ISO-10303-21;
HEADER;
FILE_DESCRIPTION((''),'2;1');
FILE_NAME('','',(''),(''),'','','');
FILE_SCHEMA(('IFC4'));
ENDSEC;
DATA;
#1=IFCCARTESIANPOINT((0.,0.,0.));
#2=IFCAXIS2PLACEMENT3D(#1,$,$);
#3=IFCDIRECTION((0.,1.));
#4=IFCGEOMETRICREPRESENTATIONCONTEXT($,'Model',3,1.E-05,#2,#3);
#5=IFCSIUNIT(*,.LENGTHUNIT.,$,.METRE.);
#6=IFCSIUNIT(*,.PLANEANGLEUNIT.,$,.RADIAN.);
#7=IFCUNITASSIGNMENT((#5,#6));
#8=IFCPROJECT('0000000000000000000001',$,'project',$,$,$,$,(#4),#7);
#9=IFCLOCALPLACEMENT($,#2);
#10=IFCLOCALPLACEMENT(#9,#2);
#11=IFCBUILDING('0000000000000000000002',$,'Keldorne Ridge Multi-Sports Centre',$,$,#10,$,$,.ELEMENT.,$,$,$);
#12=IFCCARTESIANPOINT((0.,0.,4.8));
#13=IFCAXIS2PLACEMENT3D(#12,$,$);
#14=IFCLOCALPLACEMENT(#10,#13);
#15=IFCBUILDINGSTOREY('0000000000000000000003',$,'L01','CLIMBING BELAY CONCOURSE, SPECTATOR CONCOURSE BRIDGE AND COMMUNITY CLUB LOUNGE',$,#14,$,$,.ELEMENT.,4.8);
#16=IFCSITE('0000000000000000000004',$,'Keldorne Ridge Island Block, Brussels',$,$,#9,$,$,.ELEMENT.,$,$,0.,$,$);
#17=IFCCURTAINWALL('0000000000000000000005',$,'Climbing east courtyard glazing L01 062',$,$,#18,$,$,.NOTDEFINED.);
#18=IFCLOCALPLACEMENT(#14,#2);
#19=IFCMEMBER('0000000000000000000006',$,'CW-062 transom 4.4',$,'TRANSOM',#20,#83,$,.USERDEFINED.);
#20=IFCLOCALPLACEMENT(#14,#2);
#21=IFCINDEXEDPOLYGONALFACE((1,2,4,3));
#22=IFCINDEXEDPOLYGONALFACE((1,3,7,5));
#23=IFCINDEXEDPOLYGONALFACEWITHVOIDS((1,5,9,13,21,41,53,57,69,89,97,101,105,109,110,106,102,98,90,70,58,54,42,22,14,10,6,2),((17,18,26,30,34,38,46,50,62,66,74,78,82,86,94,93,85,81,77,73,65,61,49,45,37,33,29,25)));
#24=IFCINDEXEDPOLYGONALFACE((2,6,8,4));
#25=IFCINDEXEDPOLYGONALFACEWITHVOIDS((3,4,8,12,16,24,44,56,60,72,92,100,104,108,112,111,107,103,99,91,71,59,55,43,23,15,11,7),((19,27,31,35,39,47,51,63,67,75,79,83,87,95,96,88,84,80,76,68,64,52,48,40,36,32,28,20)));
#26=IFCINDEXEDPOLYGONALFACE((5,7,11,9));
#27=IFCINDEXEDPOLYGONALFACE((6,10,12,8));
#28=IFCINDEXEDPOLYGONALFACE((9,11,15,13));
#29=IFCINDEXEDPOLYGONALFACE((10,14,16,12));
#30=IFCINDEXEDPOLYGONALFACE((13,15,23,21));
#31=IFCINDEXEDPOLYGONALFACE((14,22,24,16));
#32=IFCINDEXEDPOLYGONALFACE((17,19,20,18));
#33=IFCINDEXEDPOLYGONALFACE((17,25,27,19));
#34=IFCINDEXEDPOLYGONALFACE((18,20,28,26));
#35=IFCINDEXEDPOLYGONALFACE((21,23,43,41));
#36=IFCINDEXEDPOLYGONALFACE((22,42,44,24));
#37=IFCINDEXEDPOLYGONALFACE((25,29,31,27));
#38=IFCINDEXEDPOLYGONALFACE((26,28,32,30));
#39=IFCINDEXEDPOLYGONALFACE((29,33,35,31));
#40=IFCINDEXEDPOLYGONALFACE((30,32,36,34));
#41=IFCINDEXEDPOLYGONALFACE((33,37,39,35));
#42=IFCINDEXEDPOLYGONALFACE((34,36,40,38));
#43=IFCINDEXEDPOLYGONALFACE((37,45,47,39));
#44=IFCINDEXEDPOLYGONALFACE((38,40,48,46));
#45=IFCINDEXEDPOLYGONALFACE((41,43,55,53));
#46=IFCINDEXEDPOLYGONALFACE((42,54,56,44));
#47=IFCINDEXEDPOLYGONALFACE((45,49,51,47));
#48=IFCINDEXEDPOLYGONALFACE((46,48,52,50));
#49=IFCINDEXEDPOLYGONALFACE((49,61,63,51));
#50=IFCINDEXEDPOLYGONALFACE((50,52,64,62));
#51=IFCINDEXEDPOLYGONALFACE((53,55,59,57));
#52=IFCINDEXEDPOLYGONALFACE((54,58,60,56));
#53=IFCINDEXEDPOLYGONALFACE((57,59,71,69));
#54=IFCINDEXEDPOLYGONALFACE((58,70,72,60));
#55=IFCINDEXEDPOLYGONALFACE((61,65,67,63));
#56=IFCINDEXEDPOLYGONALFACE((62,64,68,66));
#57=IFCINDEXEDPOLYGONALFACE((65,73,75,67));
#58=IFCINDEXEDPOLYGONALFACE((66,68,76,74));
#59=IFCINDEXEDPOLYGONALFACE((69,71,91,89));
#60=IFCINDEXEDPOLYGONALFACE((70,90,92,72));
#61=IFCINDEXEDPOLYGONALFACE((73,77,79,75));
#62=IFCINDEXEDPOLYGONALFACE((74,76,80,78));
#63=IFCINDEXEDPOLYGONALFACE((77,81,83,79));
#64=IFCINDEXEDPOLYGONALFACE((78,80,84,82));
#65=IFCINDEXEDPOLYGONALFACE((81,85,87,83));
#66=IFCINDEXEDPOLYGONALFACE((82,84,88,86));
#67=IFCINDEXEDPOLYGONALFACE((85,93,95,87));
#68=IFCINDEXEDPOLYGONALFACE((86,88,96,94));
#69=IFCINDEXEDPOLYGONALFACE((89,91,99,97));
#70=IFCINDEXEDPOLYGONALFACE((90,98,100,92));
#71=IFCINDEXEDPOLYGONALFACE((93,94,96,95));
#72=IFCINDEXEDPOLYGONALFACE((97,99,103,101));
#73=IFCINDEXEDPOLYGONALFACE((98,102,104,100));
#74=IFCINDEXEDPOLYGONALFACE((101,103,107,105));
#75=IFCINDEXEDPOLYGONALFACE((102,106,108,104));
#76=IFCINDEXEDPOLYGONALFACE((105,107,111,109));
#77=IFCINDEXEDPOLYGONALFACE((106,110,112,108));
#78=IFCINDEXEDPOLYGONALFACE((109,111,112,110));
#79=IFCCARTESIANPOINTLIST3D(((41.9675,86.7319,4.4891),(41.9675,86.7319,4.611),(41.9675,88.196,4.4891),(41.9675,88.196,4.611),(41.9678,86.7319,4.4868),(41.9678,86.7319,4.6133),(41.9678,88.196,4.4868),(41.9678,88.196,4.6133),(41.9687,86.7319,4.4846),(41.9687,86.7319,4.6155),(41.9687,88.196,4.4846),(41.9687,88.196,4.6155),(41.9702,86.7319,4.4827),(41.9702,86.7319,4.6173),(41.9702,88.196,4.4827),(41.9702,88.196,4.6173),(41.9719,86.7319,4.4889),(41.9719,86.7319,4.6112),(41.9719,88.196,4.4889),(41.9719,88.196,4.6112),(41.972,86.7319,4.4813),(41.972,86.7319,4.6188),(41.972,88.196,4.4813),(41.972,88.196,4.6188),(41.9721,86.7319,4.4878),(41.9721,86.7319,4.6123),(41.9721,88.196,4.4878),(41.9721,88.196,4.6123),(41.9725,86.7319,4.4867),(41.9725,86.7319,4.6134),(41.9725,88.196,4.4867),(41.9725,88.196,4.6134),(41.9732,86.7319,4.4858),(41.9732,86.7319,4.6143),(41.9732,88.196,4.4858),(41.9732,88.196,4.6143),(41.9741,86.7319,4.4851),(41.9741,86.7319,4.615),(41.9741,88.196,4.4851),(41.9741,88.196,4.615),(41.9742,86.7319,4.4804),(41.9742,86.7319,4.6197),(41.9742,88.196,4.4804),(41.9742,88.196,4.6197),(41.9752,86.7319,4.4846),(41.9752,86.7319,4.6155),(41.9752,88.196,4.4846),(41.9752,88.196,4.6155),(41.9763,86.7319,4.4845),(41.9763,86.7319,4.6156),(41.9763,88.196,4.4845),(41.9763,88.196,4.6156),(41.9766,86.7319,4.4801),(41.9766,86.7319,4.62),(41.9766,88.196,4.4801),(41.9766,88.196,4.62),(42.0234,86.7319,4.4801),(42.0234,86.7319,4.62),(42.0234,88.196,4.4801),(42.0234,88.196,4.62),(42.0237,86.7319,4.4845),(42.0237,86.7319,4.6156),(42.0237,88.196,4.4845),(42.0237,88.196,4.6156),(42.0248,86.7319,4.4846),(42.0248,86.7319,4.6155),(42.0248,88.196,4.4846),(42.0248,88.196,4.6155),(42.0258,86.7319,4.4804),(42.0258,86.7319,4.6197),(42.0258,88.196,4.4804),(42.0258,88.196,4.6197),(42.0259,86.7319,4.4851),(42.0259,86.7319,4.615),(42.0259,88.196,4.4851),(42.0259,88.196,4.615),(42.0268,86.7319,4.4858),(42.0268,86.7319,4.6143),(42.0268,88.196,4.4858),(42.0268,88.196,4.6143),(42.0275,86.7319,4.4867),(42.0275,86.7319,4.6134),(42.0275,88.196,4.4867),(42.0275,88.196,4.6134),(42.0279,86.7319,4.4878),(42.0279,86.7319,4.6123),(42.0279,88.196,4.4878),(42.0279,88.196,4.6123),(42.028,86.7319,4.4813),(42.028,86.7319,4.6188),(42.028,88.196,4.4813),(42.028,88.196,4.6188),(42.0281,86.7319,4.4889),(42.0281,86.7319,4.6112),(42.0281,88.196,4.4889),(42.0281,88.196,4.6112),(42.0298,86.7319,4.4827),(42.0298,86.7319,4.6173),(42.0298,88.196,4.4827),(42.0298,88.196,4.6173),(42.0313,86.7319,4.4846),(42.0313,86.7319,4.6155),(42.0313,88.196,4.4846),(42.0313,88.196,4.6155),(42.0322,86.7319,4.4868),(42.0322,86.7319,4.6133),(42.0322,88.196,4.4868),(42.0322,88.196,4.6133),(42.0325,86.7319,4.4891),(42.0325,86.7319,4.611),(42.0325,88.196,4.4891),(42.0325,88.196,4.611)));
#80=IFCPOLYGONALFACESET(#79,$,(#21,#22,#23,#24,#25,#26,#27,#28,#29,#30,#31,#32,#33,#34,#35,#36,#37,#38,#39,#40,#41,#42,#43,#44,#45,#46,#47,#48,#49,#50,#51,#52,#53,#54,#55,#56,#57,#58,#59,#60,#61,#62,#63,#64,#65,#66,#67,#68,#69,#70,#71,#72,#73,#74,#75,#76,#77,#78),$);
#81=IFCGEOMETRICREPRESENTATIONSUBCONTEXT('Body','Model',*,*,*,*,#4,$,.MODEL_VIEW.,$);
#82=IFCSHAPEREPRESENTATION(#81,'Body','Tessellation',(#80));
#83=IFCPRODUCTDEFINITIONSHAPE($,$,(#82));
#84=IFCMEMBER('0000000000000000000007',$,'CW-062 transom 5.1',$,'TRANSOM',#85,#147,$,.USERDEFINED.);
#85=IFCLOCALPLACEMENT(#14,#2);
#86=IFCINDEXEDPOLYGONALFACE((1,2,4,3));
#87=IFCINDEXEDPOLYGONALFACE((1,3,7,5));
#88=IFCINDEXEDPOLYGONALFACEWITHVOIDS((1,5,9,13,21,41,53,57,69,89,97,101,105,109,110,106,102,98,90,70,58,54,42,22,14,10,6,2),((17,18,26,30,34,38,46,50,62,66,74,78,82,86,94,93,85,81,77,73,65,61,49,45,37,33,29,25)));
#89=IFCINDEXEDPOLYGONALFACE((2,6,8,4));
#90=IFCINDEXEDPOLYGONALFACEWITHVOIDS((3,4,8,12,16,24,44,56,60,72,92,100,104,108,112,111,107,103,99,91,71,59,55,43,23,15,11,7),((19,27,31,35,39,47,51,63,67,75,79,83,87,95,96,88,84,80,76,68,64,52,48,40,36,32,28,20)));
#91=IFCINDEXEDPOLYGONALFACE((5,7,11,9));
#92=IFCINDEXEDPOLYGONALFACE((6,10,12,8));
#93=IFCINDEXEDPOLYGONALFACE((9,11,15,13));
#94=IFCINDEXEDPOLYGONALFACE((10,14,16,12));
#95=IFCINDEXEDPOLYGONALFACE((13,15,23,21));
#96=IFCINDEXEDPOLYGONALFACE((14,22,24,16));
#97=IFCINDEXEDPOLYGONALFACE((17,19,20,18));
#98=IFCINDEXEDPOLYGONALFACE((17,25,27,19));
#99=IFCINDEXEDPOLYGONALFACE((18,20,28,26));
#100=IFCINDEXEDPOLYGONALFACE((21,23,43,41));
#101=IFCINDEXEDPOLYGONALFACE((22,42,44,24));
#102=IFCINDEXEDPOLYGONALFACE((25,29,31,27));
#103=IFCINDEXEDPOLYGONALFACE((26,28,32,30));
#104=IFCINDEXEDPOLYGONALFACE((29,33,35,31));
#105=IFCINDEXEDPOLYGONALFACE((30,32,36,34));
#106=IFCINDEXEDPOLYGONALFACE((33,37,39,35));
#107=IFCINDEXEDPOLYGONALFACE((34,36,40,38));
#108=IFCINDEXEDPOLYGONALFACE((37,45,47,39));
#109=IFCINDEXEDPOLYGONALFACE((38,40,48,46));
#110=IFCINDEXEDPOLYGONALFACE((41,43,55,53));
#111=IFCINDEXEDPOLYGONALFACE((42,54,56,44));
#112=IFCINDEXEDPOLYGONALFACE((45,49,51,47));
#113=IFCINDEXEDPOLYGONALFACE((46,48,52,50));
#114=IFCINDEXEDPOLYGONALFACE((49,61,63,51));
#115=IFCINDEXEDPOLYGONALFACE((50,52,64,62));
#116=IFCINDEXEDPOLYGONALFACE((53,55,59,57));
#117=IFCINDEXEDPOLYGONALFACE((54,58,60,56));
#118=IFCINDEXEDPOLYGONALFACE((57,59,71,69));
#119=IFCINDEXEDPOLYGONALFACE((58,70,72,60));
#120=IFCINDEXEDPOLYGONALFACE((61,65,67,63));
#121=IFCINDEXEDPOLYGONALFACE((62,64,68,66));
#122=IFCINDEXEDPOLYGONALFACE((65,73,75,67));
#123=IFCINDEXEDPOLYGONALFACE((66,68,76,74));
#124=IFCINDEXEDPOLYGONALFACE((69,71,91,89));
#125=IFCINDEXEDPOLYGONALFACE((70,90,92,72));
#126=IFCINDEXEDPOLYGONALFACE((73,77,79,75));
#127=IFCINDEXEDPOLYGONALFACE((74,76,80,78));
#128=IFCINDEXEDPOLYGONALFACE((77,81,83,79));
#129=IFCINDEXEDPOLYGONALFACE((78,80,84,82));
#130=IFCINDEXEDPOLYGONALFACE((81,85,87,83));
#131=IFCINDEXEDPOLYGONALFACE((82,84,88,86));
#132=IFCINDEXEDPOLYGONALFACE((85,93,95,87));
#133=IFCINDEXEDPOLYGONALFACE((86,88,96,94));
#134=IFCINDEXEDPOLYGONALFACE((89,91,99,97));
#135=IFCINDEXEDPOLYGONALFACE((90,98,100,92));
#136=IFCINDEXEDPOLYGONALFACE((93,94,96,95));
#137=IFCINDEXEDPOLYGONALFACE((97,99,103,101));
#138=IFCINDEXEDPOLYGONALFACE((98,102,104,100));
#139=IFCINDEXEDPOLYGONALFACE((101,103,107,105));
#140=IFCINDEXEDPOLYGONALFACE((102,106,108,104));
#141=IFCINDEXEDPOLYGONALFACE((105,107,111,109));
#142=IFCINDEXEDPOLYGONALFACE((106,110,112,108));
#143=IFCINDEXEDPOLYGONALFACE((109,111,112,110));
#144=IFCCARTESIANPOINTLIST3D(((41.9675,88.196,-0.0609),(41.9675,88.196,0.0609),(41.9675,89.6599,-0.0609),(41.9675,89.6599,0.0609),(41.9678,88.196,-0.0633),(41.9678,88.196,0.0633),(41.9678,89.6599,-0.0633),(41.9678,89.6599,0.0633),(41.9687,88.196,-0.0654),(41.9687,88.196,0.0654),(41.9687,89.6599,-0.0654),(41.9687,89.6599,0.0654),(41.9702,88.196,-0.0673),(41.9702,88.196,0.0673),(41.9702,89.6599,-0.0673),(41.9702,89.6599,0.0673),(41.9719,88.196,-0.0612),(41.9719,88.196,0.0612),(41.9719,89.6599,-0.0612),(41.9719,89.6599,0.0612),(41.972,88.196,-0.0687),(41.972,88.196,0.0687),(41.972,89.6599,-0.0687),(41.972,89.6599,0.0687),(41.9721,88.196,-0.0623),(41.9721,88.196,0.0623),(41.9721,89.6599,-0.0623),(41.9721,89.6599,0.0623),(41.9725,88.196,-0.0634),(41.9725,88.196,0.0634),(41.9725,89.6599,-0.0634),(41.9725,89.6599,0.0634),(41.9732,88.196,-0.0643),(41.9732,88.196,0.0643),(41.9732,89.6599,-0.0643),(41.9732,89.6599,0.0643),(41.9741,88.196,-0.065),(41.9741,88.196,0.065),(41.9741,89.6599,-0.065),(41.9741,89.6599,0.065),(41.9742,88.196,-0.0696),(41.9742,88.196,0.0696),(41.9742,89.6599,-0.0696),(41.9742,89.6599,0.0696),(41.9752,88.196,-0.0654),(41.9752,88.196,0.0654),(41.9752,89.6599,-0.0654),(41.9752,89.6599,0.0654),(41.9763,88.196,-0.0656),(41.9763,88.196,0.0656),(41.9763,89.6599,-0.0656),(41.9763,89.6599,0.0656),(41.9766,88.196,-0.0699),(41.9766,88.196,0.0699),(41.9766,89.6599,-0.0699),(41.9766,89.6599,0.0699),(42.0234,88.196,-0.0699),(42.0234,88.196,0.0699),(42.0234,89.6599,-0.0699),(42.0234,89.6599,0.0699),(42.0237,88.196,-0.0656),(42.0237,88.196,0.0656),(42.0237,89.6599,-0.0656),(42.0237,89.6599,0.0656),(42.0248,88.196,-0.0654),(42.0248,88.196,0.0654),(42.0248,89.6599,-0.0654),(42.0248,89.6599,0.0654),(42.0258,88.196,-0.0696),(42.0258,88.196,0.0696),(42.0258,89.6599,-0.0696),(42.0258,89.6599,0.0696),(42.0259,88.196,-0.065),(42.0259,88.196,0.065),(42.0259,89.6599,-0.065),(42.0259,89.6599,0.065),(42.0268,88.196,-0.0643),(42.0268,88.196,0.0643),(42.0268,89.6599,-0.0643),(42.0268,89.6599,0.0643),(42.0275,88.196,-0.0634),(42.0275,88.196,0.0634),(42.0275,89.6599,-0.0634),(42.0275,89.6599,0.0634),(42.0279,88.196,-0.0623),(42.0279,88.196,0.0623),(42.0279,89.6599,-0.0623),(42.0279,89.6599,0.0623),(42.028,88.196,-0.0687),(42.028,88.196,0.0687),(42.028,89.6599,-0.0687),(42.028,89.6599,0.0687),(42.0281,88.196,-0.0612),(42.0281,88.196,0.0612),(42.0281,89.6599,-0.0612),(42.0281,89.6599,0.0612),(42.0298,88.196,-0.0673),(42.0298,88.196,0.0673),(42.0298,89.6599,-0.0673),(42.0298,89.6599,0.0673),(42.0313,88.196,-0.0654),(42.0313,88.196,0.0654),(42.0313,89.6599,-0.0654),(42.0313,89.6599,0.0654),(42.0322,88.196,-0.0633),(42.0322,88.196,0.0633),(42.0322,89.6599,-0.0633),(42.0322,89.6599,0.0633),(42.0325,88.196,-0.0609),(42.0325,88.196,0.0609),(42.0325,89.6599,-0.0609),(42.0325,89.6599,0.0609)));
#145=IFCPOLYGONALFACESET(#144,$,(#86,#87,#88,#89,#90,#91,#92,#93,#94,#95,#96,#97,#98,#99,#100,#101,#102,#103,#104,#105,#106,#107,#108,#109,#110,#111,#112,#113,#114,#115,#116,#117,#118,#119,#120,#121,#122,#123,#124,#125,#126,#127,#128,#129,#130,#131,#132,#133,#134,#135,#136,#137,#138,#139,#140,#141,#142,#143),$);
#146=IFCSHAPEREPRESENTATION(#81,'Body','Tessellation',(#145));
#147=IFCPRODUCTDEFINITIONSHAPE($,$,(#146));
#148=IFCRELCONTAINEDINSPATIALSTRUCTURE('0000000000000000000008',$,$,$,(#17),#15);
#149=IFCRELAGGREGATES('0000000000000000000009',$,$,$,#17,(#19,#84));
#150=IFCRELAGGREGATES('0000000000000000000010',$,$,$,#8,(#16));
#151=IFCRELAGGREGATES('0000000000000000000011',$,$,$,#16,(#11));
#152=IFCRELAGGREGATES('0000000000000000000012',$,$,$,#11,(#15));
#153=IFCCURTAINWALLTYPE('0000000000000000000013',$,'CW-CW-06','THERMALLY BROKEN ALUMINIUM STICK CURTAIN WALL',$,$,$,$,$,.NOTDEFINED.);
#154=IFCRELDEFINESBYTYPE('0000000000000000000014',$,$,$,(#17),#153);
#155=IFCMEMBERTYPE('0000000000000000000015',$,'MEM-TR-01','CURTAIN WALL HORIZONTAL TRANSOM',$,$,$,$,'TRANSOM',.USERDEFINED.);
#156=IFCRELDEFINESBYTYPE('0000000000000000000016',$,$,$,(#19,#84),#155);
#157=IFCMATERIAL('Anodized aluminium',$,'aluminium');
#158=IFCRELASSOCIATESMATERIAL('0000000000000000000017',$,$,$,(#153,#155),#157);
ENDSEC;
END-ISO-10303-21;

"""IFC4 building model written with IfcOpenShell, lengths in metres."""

from ifc_helpers import new_model, si_unit, direction, frame, origin, origin_2d, place, context, subcontext, project, spatial, hollow_rectangle, extrude, material, material_profile, profile_set, type_object, element, aggregate, save


model = new_model("IFC4")

# Units and contexts
model_context = context("Model", 3, precision=1e-05, world=origin(), true_north=direction((0.0, 1.0)))
body_context = subcontext(model_context, "Body", "Model", "MODEL_VIEW")
ifc_project = project(units=[si_unit("LENGTHUNIT", "METRE"), si_unit("PLANEANGLEUNIT", "RADIAN")], contexts=[model_context])

# Site, building, storey
site_placement = place(None, origin())
site = spatial("IfcSite", under=ifc_project, at=site_placement, Name="Keldorne Ridge Island Block, Brussels", CompositionType="ELEMENT", RefElevation=0.0)
building_placement = place(site_placement, origin())
building = spatial("IfcBuilding", under=site, at=building_placement, Name="Keldorne Ridge Multi-Sports Centre", CompositionType="ELEMENT")
storey_placement = place(building_placement, frame((0.0, 0.0, 4.8)))
storey = spatial("IfcBuildingStorey", under=building, at=storey_placement, Name="L01", Description="CLIMBING BELAY CONCOURSE, SPECTATOR CONCOURSE BRIDGE AND COMMUNITY CLUB LOUNGE", CompositionType="ELEMENT", Elevation=4.8)

# Curtain wall
ifc_material_1 = material(Name="Anodized aluminium", Category="aluminium")
curtain_wall_type_1 = type_object("IfcCurtainWallType", Name="CW-CW-06", Description="THERMALLY BROKEN ALUMINIUM STICK CURTAIN WALL", PredefinedType="NOTDEFINED", material=ifc_material_1)
curtain_wall_1_placement = place(storey_placement, origin())
curtain_wall_1 = element("IfcCurtainWall", 1, at=curtain_wall_1_placement, inside=storey, type_object=curtain_wall_type_1, Name="Climbing east courtyard glazing L01 062", PredefinedType="NOTDEFINED")

# Members
ifc_material_profile_1 = material_profile(ifc_material_1, hollow_rectangle(XDim=0.0649, YDim=0.1399, WallThickness=0.0044, InnerFilletRadius=0.0044, OuterFilletRadius=0.009, at=origin_2d()), Name="ALU TRANSOM 140x65x4.5")
ifc_profile_set_1 = profile_set([ifc_material_profile_1], Name="Anodized aluminium")
member_type_1 = type_object("IfcMemberType", Name="MEM-TR-01", Description="CURTAIN WALL HORIZONTAL TRANSOM", ElementType="TRANSOM", PredefinedType="USERDEFINED", material=ifc_profile_set_1)
member_1_placement = place(storey_placement, frame((42.0, 86.7319, 4.55), z_axis=(0.0, 1.0, 0.0), x_axis=(-1.0, 0.0, 0.0)))
member_1 = element("IfcMember", 2, at=member_1_placement, type_object=member_type_1, Name="CW-062 transom 4.4", ObjectType="TRANSOM", PredefinedType="USERDEFINED", context=body_context, shape_type="SweptSolid", body=[
    extrude(hollow_rectangle(XDim=0.0649, YDim=0.1399, WallThickness=0.0044, InnerFilletRadius=0.0044, OuterFilletRadius=0.009, at=origin_2d()), origin(), (0.0, 0.0, 1.0), 1.4641),
])
member_2_placement = place(storey_placement, frame((42.0, 88.196, 0.0), z_axis=(0.0, 1.0, 0.0), x_axis=(-1.0, 0.0, 0.0)))
member_2 = element("IfcMember", 3, at=member_2_placement, type_object=member_type_1, Name="CW-062 transom 5.1", ObjectType="TRANSOM", PredefinedType="USERDEFINED", context=body_context, shape_type="SweptSolid", body=[
    extrude(hollow_rectangle(XDim=0.0649, YDim=0.1399, WallThickness=0.0044, InnerFilletRadius=0.0044, OuterFilletRadius=0.009, at=origin_2d()), origin(), (0.0, 0.0, 1.0), 1.4639),
])

aggregate(curtain_wall_1, [member_1, member_2])

save(model, "model.ifc")
